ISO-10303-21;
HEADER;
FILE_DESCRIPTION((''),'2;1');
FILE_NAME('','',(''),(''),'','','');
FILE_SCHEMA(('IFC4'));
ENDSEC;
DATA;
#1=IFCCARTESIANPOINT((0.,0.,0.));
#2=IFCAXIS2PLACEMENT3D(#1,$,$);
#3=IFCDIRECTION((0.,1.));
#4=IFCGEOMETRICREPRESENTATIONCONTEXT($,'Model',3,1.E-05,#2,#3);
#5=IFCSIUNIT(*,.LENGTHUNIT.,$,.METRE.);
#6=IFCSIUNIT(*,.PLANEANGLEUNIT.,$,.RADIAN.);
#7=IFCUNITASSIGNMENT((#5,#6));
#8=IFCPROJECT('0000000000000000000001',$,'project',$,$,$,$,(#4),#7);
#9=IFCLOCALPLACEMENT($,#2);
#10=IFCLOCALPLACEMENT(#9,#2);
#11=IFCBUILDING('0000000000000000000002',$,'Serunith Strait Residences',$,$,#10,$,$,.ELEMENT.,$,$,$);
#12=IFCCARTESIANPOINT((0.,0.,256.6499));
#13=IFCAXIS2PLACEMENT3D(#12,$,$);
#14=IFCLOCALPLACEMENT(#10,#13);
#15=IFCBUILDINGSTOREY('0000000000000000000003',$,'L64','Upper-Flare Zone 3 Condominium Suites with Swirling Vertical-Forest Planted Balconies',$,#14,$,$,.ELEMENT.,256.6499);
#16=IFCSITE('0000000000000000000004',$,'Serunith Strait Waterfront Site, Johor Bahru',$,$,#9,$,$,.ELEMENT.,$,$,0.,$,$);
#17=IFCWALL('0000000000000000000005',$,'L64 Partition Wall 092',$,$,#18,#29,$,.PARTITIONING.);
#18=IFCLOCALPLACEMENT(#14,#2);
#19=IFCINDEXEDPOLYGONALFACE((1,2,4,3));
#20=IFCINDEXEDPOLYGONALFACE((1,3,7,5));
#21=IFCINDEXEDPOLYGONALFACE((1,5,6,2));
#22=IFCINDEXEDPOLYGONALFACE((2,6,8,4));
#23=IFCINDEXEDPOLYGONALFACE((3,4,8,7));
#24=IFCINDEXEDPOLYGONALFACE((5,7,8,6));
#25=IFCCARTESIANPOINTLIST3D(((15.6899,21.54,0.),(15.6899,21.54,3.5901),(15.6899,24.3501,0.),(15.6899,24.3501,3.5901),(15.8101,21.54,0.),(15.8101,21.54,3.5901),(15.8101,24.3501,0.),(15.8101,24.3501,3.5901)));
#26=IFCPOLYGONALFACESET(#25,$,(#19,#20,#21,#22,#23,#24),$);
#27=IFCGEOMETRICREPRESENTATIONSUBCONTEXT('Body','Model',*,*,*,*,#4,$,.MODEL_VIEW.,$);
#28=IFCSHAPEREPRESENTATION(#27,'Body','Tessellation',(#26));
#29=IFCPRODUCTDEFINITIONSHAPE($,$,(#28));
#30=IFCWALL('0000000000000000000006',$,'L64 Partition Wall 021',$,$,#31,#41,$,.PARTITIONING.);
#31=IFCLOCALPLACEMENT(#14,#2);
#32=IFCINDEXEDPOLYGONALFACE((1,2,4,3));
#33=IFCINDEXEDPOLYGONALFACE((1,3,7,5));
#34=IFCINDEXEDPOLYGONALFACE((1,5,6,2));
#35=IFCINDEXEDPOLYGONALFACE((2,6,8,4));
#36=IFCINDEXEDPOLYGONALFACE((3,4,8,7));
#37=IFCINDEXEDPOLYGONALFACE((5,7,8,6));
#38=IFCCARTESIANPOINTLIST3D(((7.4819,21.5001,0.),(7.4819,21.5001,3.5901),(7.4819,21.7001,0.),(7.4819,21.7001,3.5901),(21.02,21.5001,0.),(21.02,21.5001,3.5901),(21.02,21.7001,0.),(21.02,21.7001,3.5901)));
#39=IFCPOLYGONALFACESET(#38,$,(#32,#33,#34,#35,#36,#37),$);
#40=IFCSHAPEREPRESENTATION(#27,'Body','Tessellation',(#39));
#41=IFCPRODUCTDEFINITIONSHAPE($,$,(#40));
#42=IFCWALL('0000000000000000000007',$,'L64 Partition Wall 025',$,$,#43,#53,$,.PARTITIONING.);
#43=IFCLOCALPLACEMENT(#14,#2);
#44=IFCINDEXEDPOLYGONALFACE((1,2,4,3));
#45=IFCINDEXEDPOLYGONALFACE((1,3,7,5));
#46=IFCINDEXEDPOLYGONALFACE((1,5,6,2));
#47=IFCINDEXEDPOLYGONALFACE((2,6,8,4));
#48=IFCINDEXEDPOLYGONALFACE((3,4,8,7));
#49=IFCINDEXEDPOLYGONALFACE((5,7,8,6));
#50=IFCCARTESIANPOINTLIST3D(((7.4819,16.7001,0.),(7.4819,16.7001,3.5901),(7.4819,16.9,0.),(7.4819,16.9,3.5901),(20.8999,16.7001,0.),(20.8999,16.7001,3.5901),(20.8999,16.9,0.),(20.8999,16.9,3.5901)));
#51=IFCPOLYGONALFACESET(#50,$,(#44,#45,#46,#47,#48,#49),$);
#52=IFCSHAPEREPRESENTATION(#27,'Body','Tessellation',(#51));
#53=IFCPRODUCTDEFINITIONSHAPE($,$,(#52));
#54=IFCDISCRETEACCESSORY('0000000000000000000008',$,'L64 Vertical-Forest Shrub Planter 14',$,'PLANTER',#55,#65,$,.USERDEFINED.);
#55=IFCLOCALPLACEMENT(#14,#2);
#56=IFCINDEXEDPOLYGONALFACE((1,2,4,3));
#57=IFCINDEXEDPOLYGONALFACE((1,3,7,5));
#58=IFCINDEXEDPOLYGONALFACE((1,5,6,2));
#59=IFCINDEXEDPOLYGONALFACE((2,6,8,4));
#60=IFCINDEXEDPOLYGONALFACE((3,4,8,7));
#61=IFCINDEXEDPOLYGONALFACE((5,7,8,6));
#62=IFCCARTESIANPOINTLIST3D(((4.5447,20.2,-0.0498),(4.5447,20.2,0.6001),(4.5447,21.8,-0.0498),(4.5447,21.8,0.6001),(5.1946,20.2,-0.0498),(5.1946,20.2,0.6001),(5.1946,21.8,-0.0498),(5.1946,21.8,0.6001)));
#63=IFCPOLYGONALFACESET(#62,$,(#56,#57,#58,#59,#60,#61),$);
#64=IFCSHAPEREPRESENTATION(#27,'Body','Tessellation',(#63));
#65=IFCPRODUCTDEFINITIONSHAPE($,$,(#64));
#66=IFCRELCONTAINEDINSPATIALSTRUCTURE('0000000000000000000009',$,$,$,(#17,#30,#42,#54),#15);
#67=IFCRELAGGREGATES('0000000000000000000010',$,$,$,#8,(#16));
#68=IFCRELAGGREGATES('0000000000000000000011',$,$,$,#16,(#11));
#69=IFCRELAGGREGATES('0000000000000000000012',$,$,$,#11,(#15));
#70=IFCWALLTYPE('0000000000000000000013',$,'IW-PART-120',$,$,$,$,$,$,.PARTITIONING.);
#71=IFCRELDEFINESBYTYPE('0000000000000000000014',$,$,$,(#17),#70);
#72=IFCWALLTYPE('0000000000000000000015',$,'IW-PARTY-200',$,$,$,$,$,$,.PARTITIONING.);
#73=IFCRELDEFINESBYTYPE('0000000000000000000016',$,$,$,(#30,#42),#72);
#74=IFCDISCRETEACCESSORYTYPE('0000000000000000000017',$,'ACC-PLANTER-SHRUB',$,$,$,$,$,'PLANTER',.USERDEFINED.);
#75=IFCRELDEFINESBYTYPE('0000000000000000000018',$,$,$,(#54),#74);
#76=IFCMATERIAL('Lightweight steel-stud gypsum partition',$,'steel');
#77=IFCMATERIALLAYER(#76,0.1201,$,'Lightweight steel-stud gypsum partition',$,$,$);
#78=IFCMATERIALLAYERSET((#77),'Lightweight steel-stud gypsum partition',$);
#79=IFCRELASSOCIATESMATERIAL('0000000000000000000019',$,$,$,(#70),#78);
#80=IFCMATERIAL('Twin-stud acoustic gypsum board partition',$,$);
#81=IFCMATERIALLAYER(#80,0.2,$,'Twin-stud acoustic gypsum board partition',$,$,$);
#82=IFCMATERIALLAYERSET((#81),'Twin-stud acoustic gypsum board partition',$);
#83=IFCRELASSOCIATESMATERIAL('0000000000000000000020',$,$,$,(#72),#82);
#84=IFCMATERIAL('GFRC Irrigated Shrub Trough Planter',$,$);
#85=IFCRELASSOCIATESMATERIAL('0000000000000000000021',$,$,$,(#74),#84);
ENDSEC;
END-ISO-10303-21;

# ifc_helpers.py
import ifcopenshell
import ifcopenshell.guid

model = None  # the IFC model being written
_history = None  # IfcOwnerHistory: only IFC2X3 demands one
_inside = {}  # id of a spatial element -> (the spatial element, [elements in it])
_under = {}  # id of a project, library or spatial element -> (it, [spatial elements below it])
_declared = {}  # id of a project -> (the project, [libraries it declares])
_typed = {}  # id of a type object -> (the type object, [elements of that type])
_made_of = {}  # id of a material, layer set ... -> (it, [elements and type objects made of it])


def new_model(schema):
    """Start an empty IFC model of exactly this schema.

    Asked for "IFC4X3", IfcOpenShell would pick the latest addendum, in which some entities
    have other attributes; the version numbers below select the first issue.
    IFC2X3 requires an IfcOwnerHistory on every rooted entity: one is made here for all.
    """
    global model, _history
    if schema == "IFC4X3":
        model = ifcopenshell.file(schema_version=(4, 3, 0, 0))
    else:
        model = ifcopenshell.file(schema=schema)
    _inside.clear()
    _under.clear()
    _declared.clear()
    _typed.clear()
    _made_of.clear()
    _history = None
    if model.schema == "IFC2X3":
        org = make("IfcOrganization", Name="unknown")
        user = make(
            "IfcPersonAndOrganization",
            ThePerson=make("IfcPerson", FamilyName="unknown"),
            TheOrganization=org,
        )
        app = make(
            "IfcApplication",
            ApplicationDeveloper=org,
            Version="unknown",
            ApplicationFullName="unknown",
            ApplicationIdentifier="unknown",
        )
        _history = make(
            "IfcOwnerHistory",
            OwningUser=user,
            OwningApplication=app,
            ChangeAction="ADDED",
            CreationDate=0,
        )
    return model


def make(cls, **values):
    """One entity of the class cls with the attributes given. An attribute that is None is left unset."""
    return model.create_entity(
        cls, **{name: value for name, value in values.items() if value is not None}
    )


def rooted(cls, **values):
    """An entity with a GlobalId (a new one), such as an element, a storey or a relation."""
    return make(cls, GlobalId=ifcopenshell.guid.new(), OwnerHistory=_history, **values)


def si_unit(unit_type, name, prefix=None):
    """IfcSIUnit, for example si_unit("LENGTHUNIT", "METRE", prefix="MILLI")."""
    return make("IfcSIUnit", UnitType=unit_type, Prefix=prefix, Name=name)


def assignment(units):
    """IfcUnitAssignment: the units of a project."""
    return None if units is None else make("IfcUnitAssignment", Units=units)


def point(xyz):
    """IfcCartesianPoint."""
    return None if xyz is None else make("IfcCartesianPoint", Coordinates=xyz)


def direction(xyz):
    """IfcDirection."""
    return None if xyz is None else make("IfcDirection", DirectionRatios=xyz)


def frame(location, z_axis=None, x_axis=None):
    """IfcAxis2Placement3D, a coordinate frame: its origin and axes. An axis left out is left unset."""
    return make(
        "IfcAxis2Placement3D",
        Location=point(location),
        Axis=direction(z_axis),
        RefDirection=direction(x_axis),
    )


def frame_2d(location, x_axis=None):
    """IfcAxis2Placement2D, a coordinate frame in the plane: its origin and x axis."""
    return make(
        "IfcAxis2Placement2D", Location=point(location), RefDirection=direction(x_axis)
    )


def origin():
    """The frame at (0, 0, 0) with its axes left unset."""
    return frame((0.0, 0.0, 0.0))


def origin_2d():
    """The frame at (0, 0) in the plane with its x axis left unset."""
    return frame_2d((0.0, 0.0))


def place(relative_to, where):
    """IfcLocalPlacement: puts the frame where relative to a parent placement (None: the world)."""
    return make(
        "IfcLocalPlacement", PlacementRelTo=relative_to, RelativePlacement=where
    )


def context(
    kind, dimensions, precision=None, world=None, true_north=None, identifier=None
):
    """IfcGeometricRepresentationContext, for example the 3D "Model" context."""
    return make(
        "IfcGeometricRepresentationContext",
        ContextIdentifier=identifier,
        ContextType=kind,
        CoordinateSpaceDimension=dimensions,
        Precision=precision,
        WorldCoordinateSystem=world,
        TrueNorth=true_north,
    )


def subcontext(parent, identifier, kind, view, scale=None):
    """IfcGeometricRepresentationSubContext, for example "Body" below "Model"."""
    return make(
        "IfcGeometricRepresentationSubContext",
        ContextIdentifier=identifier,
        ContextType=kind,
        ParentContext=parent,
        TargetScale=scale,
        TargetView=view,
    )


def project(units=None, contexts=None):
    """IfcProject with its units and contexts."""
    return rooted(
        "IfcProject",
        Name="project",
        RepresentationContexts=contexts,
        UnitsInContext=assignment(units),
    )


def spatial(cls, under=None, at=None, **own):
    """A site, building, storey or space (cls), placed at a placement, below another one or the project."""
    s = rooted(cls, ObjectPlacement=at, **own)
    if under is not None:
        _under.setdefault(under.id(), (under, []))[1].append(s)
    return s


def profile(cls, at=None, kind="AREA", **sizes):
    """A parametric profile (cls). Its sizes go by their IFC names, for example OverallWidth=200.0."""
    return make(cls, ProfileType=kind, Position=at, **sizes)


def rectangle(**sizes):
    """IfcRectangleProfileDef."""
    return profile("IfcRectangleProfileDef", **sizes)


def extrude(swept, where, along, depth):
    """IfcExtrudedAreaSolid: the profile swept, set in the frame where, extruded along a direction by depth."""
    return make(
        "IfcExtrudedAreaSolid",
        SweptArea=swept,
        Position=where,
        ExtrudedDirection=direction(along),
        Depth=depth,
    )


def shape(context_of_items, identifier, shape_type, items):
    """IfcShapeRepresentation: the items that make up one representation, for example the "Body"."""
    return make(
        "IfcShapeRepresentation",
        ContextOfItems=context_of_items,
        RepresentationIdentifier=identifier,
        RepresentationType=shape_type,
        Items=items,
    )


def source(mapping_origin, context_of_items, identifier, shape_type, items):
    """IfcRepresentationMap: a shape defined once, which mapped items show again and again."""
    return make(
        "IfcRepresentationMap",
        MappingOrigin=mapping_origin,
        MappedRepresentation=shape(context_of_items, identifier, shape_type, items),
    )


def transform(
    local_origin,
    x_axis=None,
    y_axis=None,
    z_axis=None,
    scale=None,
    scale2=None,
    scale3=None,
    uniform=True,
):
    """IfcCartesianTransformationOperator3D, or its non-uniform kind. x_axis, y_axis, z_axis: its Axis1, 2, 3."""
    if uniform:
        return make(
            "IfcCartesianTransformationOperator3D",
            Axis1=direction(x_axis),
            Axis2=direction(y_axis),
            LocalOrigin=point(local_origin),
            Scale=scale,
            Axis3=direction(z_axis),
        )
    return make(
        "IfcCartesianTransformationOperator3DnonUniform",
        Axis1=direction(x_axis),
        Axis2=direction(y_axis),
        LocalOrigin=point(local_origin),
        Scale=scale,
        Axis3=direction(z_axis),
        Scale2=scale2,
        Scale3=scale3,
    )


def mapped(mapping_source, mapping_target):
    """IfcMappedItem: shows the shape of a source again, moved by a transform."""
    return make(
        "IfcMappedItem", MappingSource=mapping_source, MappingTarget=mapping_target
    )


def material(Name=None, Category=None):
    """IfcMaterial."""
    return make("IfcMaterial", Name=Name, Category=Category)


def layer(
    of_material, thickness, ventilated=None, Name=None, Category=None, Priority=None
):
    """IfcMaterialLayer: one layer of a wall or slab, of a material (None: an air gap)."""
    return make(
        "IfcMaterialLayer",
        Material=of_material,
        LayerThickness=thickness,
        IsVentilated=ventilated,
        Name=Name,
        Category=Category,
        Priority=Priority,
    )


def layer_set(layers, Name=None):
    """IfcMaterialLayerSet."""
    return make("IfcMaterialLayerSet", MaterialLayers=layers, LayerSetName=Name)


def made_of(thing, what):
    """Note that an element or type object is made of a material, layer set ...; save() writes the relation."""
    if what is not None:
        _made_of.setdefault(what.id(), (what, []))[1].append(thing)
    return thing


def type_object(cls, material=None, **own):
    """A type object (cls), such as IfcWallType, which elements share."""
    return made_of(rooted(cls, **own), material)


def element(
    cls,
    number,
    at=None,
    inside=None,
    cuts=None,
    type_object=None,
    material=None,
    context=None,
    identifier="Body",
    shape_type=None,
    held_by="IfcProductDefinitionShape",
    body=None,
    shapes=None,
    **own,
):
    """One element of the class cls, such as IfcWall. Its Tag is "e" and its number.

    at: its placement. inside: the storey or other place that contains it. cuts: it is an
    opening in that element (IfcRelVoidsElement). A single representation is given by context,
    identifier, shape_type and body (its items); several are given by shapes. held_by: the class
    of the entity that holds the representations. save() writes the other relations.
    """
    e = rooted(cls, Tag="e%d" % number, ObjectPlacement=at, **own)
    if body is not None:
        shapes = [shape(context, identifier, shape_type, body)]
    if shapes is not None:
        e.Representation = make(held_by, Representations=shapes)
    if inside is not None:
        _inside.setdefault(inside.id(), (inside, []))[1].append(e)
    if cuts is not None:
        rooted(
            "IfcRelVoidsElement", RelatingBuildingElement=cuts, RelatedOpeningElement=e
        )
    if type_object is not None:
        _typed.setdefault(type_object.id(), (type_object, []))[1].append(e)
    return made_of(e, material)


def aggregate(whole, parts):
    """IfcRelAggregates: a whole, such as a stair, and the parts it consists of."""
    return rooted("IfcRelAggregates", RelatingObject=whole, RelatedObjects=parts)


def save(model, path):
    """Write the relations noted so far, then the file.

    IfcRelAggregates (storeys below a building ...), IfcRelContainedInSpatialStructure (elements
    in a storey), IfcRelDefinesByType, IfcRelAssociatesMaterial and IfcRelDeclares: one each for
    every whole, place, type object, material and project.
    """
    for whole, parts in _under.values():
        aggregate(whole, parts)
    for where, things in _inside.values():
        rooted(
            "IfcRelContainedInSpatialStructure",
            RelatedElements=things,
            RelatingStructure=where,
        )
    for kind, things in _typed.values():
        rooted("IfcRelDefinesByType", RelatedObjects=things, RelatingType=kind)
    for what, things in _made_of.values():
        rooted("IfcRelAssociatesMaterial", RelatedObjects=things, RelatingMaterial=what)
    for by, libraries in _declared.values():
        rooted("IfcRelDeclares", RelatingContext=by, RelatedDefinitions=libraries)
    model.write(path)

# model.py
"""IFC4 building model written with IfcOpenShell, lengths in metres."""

from ifc_helpers import new_model, si_unit, direction, frame, frame_2d, origin, origin_2d, place, context, subcontext, project, spatial, rectangle, extrude, source, transform, mapped, material, layer, layer_set, type_object, element, save


model = new_model("IFC4")

# Units and contexts
model_context = context("Model", 3, precision=1e-05, world=origin(), true_north=direction((0.0, 1.0)))
body_context = subcontext(model_context, "Body", "Model", "MODEL_VIEW")
ifc_project = project(units=[si_unit("LENGTHUNIT", "METRE"), si_unit("PLANEANGLEUNIT", "RADIAN")], contexts=[model_context])

# Site, building, storey
site_placement = place(None, origin())
site = spatial("IfcSite", under=ifc_project, at=site_placement, Name="Serunith Strait Waterfront Site, Johor Bahru", CompositionType="ELEMENT", RefElevation=0.0)
building_placement = place(site_placement, origin())
building = spatial("IfcBuilding", under=site, at=building_placement, Name="Serunith Strait Residences", CompositionType="ELEMENT")
storey_placement = place(building_placement, frame((0.0, 0.0, 256.6499)))
storey = spatial("IfcBuildingStorey", under=building, at=storey_placement, Name="L64", Description="Upper-Flare Zone 3 Condominium Suites with Swirling Vertical-Forest Planted Balconies", CompositionType="ELEMENT", Elevation=256.6499)

# Shared definitions
ifc_material_1 = material(Name="Lightweight steel-stud gypsum partition", Category="steel")
ifc_layer_1 = layer(ifc_material_1, 0.1201, Name="Lightweight steel-stud gypsum partition")
ifc_layer_set_1 = layer_set([ifc_layer_1], Name="Lightweight steel-stud gypsum partition")
wall_type_1 = type_object("IfcWallType", Name="IW-PART-120", PredefinedType="PARTITIONING", material=ifc_layer_set_1)

# Walls
wall_1_placement = place(storey_placement, frame((15.75, 21.54, 0.0), z_axis=(0.0, 0.0, 1.0), x_axis=(0.0, 1.0, 0.0)))
element("IfcWall", 1, at=wall_1_placement, inside=storey, type_object=wall_type_1, Name="L64 Partition Wall 092", PredefinedType="PARTITIONING", context=body_context, shape_type="SweptSolid", body=[
    extrude(rectangle(XDim=2.8101, YDim=0.1201, at=frame_2d((1.405, 0.0))), origin(), (0.0, 0.0, 1.0), 3.5901),
])
ifc_material_2 = material(Name="Twin-stud acoustic gypsum board partition")
ifc_layer_2 = layer(ifc_material_2, 0.2, Name="Twin-stud acoustic gypsum board partition")
ifc_layer_set_2 = layer_set([ifc_layer_2], Name="Twin-stud acoustic gypsum board partition")
wall_type_2 = type_object("IfcWallType", Name="IW-PARTY-200", PredefinedType="PARTITIONING", material=ifc_layer_set_2)
wall_2_placement = place(storey_placement, frame((7.4819, 21.6001, 0.0), z_axis=(0.0, 0.0, 1.0), x_axis=(1.0, 0.0, 0.0)))
element("IfcWall", 2, at=wall_2_placement, inside=storey, type_object=wall_type_2, Name="L64 Partition Wall 021", PredefinedType="PARTITIONING", context=body_context, shape_type="SweptSolid", body=[
    extrude(rectangle(XDim=13.5381, YDim=0.2, at=frame_2d((6.769, 0.0))), origin(), (0.0, 0.0, 1.0), 3.5901),
])
wall_3_placement = place(storey_placement, frame((7.4819, 16.8, 0.0), z_axis=(0.0, 0.0, 1.0), x_axis=(1.0, 0.0, 0.0)))
element("IfcWall", 3, at=wall_3_placement, inside=storey, type_object=wall_type_2, Name="L64 Partition Wall 025", PredefinedType="PARTITIONING", context=body_context, shape_type="SweptSolid", body=[
    extrude(rectangle(XDim=13.418, YDim=0.2, at=frame_2d((6.709, 0.0))), origin(), (0.0, 0.0, 1.0), 3.5901),
])

# Discrete accessory
ifc_material_3 = material(Name="GFRC Irrigated Shrub Trough Planter")
discrete_accessory_type = type_object("IfcDiscreteAccessoryType", Name="ACC-PLANTER-SHRUB", ElementType="PLANTER", PredefinedType="USERDEFINED", material=ifc_material_3)
shared_shape_1 = source(origin(), body_context, "Body", "SweptSolid", [
    extrude(rectangle(XDim=1.6001, YDim=0.6499, at=origin_2d()), origin(), (0.0, 0.0, 1.0), 0.6499),
])
discrete_accessory_placement = place(storey_placement, frame((4.8696, 21.0, -0.0498), z_axis=(0.0, 0.0, 1.0), x_axis=(0.0, -1.0, 0.0)))
element("IfcDiscreteAccessory", 4, at=discrete_accessory_placement, inside=storey, type_object=discrete_accessory_type, Name="L64 Vertical-Forest Shrub Planter 14", ObjectType="PLANTER", PredefinedType="USERDEFINED", context=body_context, shape_type="MappedRepresentation", body=[
    mapped(shared_shape_1, transform((0.0, 0.0, 0.0), scale=1.0)),
])

save(model, "model.ifc")
